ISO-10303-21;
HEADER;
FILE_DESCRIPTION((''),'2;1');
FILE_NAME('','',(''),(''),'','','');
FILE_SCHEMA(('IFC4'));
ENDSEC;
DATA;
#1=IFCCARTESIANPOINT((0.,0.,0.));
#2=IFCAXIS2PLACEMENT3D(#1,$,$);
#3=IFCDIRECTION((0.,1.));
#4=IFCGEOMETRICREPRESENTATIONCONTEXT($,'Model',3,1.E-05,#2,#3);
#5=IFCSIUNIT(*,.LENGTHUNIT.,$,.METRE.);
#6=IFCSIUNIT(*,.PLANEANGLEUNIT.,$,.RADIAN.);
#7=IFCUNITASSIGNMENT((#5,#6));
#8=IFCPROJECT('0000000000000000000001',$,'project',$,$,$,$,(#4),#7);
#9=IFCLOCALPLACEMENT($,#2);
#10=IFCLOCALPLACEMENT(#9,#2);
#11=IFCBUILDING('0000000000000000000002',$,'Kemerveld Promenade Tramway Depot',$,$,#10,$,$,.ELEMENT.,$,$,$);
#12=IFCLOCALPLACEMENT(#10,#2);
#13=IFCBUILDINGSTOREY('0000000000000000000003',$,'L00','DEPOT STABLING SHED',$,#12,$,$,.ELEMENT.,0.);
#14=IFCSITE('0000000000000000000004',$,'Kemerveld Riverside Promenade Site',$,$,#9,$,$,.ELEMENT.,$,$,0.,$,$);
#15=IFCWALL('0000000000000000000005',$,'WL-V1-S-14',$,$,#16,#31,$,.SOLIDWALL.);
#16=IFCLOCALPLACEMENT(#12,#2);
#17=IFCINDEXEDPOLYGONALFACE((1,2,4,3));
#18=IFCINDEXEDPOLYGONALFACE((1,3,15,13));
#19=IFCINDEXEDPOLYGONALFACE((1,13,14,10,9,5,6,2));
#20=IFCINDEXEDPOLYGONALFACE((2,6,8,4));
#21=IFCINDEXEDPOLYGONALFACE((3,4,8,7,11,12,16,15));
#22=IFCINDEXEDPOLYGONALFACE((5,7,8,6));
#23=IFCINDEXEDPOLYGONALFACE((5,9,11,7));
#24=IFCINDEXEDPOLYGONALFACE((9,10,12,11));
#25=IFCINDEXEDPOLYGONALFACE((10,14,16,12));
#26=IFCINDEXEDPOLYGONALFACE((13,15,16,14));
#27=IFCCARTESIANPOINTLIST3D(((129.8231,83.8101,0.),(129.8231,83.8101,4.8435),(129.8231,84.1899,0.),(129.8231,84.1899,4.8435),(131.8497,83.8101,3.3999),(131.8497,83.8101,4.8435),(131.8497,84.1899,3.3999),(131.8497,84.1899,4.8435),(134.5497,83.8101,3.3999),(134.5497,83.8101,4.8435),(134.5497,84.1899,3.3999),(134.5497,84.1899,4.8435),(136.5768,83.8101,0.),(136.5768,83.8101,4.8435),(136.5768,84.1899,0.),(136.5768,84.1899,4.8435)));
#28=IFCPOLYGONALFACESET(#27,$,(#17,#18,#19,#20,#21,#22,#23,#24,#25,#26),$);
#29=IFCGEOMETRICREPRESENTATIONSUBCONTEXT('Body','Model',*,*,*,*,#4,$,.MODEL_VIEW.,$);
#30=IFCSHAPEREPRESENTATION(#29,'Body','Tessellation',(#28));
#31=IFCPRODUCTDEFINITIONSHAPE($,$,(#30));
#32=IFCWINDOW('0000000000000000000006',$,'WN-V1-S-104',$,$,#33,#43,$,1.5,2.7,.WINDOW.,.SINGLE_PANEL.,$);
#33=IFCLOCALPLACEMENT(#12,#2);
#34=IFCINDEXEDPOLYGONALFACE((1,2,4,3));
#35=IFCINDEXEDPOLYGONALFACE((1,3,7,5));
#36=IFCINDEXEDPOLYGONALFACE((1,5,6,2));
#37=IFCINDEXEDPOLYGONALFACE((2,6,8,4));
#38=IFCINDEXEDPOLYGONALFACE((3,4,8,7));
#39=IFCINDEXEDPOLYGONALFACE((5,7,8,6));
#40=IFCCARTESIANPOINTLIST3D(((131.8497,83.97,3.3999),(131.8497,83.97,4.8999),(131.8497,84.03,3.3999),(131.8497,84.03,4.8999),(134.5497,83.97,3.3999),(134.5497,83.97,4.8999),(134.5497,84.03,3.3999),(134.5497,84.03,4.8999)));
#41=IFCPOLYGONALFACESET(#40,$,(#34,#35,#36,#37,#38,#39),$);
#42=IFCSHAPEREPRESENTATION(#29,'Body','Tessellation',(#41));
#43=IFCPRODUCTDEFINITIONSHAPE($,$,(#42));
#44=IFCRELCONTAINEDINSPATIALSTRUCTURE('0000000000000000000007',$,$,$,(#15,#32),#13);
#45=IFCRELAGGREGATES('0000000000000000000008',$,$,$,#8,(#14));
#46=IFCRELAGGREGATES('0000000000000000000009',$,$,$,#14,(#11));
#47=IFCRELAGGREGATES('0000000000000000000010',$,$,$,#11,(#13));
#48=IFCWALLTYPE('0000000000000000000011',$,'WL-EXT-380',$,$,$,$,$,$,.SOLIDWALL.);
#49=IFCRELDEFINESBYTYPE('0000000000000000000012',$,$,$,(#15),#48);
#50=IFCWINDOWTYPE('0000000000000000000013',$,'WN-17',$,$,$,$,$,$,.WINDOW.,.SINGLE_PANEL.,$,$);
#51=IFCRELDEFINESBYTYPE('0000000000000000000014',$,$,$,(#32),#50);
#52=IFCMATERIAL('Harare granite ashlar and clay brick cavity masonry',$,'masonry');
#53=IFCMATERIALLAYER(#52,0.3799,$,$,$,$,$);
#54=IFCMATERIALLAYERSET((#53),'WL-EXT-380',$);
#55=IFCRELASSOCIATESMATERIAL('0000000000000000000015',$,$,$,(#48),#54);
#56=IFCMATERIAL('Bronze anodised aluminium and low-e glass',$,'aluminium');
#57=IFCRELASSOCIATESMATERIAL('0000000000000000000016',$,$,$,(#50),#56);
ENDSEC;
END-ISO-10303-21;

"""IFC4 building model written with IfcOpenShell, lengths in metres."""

from ifc_helpers import new_model, si_unit, direction, frame, frame_2d, origin, place, context, subcontext, project, spatial, rectangle, extrude, material, layer, layer_set, type_object, element, fill, save


model = new_model("IFC4")

# Units and contexts
model_context = context("Model", 3, precision=1e-05, world=origin(), true_north=direction((0.0, 1.0)))
body_context = subcontext(model_context, "Body", "Model", "MODEL_VIEW")
ifc_project = project(units=[si_unit("LENGTHUNIT", "METRE"), si_unit("PLANEANGLEUNIT", "RADIAN")], contexts=[model_context])

# Site, building, storey
site_placement = place(None, origin())
site = spatial("IfcSite", under=ifc_project, at=site_placement, Name="Kemerveld Riverside Promenade Site", CompositionType="ELEMENT", RefElevation=0.0)
building_placement = place(site_placement, origin())
building = spatial("IfcBuilding", under=site, at=building_placement, Name="Kemerveld Promenade Tramway Depot", CompositionType="ELEMENT")
storey_placement = place(building_placement, origin())
storey = spatial("IfcBuildingStorey", under=building, at=storey_placement, Name="L00", Description="DEPOT STABLING SHED", CompositionType="ELEMENT", Elevation=0.0)

# Wall, opening, window
ifc_material_1 = material(Name="Harare granite ashlar and clay brick cavity masonry", Category="masonry")
ifc_layer_1 = layer(ifc_material_1, 0.3799)
ifc_layer_set_1 = layer_set([ifc_layer_1], Name="WL-EXT-380")
wall_type = type_object("IfcWallType", Name="WL-EXT-380", PredefinedType="SOLIDWALL", material=ifc_layer_set_1)
wall_placement = place(storey_placement, frame((136.5769, 84.0, 0.0), z_axis=(0.0, 0.0, 1.0), x_axis=(-1.0, 0.0, 0.0)))
wall = element("IfcWall", 1, at=wall_placement, inside=storey, type_object=wall_type, Name="WL-V1-S-14", PredefinedType="SOLIDWALL", context=body_context, shape_type="SweptSolid", body=[
    extrude(rectangle(XDim=6.7537, YDim=0.3799, at=frame_2d((3.377, 0.0))), origin(), (0.0, 0.0, 1.0), 4.8435),
])
opening_placement = place(wall_placement, frame((2.0271, 0.0, 3.3999)))
opening = element("IfcOpeningElement", 2, at=opening_placement, cuts=wall, PredefinedType="OPENING", context=body_context, shape_type="SweptSolid", body=[
    extrude(rectangle(XDim=2.7, YDim=1.5, at=frame_2d((1.3501, 0.75))), frame((0.0, 0.2, 0.0), z_axis=(0.0, -1.0, 0.0), x_axis=(1.0, 0.0, 0.0)), (0.0, 0.0, 1.0), 0.3999),
])
ifc_material_2 = material(Name="Bronze anodised aluminium and low-e glass", Category="aluminium")
window_type = type_object("IfcWindowType", Name="WN-17", PartitioningType="SINGLE_PANEL", PredefinedType="WINDOW", material=ifc_material_2)
window_placement = place(opening_placement, origin())
window = element("IfcWindow", 3, at=window_placement, inside=storey, type_object=window_type, Name="WN-V1-S-104", OverallHeight=1.5, OverallWidth=2.7, PartitioningType="SINGLE_PANEL", PredefinedType="WINDOW", context=body_context, shape_type="SweptSolid", body=[
    extrude(rectangle(XDim=2.7, YDim=1.5, at=frame_2d((1.3501, 0.75))), frame((0.0, 0.03, 0.0), z_axis=(0.0, -1.0, 0.0), x_axis=(1.0, 0.0, 0.0)), (0.0, 0.0, 1.0), 0.0601),
])
fill(opening, window)

save(model, "model.ifc")
